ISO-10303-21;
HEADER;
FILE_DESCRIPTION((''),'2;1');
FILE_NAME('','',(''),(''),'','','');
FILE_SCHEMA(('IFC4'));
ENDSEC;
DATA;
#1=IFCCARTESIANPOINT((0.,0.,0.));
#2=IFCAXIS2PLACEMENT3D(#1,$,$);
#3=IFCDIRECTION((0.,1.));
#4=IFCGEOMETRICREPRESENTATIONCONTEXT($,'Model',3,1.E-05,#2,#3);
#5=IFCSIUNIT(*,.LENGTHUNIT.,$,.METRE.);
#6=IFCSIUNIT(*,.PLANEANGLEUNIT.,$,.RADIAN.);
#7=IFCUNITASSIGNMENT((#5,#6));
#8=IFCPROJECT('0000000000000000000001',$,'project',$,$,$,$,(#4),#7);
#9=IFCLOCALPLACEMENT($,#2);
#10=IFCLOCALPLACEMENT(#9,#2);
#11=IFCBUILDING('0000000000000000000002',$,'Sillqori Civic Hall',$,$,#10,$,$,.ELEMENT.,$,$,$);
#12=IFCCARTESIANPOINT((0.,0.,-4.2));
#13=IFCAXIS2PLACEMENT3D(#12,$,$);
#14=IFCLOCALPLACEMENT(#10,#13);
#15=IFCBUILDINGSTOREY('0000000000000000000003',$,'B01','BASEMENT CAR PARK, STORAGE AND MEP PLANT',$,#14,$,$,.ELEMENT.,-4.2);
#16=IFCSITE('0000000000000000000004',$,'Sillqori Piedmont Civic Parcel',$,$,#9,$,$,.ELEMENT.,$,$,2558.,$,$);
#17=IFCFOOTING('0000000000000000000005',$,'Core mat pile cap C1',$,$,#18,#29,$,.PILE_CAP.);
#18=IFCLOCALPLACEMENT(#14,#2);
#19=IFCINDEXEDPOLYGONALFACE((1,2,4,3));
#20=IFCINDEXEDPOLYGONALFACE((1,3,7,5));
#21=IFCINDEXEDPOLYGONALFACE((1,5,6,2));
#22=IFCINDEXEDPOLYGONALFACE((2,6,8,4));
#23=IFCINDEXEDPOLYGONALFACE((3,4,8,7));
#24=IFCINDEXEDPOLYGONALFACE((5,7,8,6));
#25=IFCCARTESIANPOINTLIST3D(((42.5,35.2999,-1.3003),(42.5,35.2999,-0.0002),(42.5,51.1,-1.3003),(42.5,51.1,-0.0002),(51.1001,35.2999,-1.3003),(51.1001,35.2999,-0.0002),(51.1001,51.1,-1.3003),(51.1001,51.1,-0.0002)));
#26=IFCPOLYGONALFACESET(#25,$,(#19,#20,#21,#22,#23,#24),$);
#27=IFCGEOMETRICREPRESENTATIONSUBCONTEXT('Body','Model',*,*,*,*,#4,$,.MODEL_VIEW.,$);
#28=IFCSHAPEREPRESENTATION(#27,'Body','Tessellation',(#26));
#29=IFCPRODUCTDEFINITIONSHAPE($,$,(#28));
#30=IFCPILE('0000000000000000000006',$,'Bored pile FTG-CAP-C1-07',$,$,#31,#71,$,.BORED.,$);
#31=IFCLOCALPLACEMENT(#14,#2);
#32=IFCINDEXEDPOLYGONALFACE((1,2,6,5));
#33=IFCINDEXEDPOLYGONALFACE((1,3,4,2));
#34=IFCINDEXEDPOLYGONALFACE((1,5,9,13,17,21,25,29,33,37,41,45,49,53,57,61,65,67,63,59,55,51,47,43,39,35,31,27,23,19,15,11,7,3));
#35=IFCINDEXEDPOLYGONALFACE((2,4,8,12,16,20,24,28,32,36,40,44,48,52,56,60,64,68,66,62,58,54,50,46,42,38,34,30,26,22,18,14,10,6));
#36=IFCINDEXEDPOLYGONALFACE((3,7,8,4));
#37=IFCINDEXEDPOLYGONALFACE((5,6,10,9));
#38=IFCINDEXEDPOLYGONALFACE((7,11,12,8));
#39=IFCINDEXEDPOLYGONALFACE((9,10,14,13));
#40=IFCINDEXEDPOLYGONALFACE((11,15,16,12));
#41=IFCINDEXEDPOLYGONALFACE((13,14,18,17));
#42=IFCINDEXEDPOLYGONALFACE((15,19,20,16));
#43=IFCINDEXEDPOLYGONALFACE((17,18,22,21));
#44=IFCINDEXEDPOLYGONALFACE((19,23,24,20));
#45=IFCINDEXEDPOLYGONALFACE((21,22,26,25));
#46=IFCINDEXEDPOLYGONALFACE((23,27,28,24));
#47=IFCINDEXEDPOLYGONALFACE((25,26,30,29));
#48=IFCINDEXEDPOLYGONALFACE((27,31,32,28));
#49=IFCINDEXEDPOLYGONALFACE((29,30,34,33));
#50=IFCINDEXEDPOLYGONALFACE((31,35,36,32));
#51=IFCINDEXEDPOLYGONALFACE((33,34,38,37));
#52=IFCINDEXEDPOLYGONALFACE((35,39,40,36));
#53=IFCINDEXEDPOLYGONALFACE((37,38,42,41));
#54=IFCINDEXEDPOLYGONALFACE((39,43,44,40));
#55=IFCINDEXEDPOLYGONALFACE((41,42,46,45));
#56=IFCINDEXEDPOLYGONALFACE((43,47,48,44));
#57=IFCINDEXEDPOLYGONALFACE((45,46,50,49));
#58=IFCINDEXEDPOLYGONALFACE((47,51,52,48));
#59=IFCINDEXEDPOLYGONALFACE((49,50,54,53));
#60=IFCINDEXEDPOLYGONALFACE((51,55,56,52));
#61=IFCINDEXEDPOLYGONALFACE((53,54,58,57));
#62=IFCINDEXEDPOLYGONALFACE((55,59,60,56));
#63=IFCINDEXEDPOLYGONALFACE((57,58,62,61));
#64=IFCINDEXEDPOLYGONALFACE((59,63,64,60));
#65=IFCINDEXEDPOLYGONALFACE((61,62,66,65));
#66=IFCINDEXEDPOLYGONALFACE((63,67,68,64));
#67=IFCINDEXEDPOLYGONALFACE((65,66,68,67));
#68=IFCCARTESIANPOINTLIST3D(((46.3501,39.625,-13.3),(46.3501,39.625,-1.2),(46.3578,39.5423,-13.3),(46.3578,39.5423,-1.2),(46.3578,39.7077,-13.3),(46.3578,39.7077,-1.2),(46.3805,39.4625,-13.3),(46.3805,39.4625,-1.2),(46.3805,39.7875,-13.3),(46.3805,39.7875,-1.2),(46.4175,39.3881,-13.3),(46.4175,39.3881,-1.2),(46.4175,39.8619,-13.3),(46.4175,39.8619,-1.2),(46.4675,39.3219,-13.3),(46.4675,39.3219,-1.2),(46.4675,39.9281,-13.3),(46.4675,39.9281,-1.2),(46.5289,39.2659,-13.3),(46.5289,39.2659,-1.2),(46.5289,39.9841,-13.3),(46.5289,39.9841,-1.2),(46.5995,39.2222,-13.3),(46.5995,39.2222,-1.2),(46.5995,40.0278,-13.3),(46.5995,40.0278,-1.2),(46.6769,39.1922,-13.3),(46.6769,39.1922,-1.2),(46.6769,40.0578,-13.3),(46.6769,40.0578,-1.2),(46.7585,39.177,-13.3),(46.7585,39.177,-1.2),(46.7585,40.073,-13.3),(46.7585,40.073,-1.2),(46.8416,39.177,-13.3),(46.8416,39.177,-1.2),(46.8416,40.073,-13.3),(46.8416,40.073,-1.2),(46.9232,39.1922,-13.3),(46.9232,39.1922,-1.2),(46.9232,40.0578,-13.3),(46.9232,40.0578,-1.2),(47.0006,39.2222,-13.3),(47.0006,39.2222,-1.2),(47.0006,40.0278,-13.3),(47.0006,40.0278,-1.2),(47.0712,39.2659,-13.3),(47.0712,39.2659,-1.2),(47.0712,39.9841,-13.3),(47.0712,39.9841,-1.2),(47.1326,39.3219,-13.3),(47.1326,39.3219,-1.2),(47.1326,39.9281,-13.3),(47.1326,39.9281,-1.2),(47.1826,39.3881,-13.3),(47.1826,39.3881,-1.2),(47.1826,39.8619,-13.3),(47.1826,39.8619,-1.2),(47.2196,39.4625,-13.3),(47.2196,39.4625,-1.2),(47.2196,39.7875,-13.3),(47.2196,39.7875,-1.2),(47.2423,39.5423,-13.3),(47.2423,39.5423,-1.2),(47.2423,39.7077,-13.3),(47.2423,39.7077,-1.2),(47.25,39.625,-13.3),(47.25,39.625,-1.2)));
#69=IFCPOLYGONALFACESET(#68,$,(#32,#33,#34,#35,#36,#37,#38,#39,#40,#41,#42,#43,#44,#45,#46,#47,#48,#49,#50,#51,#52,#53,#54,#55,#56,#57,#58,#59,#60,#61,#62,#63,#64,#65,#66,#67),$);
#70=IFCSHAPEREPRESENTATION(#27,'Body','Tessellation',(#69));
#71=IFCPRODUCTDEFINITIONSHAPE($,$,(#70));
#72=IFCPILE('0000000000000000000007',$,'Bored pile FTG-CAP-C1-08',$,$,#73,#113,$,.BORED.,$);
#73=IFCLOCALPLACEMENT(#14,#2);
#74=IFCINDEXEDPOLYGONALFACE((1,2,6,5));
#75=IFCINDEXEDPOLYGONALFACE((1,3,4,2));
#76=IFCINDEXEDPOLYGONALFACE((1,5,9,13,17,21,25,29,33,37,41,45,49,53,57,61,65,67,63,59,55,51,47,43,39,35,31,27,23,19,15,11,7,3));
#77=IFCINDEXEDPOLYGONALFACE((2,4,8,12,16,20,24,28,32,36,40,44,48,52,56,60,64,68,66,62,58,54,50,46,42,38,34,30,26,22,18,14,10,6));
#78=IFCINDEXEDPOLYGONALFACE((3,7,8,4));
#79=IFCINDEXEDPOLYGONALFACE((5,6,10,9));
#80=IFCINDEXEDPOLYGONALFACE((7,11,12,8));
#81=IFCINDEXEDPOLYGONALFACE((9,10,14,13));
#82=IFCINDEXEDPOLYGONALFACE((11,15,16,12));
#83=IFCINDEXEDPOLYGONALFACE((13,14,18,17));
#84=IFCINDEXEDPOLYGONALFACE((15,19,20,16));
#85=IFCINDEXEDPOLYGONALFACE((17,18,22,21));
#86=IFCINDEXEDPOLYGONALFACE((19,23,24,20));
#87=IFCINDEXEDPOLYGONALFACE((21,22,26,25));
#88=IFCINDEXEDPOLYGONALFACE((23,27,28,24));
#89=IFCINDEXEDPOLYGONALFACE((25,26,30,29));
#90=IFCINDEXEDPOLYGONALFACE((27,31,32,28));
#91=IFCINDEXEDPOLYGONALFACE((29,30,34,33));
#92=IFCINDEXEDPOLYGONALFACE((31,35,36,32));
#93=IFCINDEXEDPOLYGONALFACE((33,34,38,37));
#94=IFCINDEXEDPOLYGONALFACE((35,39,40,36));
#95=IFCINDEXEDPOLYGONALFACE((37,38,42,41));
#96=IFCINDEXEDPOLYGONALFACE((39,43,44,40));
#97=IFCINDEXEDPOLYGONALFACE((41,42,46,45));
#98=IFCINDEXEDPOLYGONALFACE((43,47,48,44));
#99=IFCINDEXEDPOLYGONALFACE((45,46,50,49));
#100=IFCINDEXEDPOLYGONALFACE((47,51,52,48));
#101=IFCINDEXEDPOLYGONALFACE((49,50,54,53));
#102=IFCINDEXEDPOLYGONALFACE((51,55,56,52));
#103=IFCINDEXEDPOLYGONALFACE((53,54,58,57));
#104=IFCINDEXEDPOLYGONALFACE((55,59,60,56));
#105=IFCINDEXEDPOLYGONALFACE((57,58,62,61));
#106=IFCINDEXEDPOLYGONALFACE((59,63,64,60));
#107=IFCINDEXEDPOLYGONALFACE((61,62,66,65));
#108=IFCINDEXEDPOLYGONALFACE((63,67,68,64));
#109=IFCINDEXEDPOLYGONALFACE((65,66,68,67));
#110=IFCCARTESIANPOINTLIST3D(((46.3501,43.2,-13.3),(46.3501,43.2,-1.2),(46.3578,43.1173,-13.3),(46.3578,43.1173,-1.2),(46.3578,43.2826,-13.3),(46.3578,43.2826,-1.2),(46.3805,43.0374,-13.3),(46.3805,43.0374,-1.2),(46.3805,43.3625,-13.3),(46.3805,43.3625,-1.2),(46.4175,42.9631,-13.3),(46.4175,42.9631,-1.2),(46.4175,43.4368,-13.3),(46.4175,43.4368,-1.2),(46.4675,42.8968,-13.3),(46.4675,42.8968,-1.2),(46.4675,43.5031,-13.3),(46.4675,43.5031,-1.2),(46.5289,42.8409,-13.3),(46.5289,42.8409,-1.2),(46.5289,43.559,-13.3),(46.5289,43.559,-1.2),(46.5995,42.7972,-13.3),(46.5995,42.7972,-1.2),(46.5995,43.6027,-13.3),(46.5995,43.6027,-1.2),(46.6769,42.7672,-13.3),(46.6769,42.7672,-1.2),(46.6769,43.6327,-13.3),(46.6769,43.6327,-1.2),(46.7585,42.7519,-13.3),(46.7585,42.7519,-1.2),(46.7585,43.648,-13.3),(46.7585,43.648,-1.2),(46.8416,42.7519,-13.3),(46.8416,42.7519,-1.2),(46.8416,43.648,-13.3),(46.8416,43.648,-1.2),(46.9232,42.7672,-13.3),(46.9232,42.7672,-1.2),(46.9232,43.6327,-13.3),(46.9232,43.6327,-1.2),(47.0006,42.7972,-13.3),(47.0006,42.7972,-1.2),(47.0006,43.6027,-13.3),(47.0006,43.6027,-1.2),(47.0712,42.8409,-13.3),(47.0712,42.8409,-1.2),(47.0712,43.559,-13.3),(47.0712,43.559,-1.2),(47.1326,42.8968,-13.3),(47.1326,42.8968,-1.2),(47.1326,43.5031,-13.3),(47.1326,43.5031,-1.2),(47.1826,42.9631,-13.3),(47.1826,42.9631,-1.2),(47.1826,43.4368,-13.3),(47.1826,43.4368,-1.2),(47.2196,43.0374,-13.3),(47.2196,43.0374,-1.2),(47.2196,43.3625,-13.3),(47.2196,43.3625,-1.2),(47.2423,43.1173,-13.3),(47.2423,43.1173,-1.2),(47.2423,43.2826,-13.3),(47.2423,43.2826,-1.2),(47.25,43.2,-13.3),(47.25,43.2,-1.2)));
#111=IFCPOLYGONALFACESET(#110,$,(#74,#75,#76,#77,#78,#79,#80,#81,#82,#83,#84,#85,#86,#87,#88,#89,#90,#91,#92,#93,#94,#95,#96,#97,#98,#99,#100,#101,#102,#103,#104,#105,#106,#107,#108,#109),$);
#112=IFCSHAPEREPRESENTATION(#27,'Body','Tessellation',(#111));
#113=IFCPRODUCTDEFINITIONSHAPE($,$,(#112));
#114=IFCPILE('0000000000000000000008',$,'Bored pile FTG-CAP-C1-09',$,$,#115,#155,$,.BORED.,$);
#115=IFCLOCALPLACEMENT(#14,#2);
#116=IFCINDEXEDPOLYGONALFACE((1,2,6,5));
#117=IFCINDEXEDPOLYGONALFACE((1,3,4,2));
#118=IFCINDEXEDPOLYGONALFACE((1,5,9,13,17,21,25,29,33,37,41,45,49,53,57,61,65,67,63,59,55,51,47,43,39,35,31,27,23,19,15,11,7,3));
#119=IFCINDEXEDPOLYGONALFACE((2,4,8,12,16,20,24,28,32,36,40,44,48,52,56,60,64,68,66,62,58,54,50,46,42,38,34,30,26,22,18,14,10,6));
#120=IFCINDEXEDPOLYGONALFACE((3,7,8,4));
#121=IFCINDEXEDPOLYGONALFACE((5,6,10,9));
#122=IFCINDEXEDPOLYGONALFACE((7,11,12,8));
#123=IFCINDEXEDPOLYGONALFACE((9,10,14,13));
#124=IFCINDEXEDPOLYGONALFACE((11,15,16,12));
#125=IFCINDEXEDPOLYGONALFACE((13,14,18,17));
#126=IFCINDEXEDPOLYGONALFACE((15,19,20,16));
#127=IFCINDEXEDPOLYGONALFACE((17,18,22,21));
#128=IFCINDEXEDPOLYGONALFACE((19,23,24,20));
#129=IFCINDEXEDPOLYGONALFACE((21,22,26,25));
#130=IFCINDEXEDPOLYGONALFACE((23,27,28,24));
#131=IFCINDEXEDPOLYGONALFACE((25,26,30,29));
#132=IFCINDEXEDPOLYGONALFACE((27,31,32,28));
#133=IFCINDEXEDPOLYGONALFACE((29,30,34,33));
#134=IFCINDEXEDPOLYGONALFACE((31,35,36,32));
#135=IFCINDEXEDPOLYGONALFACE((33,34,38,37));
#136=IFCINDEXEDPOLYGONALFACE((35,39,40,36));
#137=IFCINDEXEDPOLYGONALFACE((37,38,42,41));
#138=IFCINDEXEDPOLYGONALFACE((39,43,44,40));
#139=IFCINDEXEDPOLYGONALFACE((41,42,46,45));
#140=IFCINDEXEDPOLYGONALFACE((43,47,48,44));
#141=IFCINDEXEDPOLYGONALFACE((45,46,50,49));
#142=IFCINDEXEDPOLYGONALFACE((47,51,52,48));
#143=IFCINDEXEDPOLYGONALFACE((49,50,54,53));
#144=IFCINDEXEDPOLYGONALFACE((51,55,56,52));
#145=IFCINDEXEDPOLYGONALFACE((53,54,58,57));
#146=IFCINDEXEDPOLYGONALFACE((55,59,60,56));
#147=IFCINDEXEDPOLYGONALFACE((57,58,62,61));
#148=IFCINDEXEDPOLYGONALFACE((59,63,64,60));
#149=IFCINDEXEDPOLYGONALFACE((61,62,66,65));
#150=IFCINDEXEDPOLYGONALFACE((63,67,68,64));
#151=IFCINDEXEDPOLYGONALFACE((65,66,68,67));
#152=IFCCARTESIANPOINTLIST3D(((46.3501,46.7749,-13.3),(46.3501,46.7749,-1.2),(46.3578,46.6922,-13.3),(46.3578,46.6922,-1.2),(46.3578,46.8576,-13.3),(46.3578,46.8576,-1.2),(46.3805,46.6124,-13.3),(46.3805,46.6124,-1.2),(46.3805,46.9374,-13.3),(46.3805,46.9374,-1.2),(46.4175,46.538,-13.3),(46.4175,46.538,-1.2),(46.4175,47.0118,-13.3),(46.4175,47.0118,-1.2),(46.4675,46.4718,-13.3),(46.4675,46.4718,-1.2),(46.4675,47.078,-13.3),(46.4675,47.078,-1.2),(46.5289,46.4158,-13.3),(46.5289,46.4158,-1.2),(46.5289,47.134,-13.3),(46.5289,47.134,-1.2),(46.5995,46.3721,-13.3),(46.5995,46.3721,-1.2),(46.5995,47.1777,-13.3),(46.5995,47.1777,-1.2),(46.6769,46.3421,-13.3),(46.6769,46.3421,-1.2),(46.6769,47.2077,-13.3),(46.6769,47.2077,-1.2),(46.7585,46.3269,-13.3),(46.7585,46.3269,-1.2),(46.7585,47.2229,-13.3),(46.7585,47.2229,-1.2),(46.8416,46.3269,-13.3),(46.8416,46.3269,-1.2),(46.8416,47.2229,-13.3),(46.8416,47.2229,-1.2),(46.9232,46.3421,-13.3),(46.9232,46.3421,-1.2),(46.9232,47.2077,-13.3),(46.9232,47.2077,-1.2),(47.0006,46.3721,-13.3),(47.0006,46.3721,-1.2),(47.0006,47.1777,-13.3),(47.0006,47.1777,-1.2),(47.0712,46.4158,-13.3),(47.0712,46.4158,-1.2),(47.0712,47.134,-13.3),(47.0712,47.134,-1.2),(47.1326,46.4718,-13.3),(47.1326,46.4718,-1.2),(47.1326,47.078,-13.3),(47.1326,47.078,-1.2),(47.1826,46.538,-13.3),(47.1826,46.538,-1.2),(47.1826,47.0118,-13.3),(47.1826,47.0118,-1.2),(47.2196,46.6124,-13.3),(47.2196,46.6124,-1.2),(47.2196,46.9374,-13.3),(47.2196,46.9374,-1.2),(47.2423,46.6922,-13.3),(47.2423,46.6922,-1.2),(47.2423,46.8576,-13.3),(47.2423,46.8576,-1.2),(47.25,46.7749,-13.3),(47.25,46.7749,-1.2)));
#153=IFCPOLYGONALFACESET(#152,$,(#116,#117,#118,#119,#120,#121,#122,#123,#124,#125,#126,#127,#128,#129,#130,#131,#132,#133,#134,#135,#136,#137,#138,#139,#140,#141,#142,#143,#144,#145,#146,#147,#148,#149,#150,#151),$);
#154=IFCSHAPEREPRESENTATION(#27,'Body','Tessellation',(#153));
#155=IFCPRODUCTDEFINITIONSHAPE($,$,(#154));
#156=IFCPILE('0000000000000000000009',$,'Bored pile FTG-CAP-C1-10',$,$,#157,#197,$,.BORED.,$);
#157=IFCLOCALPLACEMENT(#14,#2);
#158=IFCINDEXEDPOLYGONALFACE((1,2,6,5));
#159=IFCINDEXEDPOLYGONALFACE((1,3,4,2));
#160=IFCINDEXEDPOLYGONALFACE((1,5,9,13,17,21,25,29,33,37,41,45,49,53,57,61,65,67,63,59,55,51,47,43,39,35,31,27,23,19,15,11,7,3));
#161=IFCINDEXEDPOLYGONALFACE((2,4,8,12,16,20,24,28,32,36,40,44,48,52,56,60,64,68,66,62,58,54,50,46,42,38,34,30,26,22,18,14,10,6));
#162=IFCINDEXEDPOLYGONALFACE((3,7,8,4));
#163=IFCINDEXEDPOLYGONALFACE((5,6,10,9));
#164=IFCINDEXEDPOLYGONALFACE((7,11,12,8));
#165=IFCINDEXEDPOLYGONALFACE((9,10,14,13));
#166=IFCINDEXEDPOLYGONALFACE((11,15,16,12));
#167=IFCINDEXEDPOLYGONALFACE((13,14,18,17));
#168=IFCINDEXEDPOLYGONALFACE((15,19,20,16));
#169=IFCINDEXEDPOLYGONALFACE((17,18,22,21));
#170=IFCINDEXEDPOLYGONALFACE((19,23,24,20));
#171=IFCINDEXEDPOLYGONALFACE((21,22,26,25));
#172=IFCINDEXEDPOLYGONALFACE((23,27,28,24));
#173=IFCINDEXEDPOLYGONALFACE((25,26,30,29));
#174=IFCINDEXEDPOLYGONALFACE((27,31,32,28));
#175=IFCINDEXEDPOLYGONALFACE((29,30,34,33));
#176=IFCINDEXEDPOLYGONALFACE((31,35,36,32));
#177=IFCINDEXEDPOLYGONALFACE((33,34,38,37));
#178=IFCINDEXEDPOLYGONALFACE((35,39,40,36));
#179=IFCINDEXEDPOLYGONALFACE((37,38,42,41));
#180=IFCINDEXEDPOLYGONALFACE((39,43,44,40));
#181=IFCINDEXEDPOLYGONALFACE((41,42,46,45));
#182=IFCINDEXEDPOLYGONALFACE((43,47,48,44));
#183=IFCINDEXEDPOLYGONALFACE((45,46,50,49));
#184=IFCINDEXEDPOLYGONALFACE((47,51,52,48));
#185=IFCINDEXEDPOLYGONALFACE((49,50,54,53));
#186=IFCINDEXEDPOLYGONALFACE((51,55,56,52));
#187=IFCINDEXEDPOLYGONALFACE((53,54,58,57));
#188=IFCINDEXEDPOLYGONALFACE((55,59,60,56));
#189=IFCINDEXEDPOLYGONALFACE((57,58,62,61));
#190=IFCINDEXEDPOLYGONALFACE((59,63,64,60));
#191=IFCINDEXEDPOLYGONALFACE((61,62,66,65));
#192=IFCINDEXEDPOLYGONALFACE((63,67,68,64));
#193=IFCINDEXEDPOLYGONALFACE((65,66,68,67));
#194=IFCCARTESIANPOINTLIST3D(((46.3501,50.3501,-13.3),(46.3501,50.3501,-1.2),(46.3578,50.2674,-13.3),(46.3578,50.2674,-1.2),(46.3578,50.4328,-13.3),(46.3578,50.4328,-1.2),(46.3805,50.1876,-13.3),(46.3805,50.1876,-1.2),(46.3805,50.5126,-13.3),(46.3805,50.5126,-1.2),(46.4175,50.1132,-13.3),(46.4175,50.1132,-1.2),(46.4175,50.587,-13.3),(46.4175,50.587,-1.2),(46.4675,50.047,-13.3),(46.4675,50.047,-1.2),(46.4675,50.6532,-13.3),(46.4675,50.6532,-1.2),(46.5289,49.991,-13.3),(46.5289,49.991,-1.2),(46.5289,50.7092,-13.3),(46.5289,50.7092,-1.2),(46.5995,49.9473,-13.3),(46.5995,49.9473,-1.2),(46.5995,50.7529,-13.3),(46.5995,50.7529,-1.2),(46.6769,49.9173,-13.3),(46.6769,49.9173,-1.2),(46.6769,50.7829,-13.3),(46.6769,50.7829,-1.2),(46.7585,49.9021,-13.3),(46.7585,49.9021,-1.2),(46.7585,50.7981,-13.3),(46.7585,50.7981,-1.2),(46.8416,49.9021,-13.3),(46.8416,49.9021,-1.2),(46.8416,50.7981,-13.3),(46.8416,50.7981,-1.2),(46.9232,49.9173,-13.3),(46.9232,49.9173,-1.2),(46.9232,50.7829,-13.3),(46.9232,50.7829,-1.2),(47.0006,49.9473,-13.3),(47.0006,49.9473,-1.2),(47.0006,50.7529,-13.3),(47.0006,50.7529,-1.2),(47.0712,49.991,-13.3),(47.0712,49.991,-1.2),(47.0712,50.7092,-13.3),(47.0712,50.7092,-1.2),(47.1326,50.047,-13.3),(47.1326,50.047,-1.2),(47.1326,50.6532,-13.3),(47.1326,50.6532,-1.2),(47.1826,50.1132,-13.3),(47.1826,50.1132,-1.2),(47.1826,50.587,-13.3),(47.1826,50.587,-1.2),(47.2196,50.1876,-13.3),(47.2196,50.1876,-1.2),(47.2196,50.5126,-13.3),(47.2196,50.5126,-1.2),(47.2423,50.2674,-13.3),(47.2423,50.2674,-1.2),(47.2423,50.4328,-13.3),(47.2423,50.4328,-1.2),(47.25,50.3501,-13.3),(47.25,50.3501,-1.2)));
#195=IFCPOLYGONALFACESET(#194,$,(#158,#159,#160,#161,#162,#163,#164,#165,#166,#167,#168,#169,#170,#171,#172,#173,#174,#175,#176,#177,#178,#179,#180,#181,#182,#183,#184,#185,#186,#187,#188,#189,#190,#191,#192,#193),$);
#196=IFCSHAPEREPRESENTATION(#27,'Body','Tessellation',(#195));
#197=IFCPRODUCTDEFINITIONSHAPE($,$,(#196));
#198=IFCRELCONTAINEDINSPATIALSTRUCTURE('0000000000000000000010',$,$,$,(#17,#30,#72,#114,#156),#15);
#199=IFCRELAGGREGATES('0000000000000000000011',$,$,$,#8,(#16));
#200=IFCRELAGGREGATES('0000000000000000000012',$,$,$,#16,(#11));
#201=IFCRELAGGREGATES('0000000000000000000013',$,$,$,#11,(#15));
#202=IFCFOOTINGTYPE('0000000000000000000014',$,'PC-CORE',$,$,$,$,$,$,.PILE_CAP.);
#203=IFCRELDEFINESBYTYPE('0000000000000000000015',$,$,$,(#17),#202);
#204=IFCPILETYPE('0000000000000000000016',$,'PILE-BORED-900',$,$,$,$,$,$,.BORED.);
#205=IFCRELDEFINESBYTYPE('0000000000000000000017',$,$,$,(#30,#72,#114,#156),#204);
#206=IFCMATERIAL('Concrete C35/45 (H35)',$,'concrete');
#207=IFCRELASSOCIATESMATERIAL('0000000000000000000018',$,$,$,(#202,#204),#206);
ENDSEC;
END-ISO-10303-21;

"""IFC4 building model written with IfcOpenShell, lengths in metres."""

from ifc_helpers import new_model, si_unit, direction, frame, origin, origin_2d, place, context, subcontext, project, spatial, rectangle, circle, extrude, material, material_profile, profile_set, type_object, element, save


model = new_model("IFC4")

# Units and contexts
model_context = context("Model", 3, precision=1e-05, world=origin(), true_north=direction((0.0, 1.0)))
body_context = subcontext(model_context, "Body", "Model", "MODEL_VIEW")
ifc_project = project(units=[si_unit("LENGTHUNIT", "METRE"), si_unit("PLANEANGLEUNIT", "RADIAN")], contexts=[model_context])

# Site, building, storey
site_placement = place(None, origin())
site = spatial("IfcSite", under=ifc_project, at=site_placement, Name="Sillqori Piedmont Civic Parcel", CompositionType="ELEMENT", RefElevation=2558.0)
building_placement = place(site_placement, origin())
building = spatial("IfcBuilding", under=site, at=building_placement, Name="Sillqori Civic Hall", CompositionType="ELEMENT")
storey_placement = place(building_placement, frame((0.0, 0.0, -4.2)))
storey = spatial("IfcBuildingStorey", under=building, at=storey_placement, Name="B01", Description="BASEMENT CAR PARK, STORAGE AND MEP PLANT", CompositionType="ELEMENT", Elevation=-4.2)

# Footing
ifc_material_1 = material(Name="Concrete C35/45 (H35)", Category="concrete")
footing_type = type_object("IfcFootingType", Name="PC-CORE", PredefinedType="PILE_CAP", material=ifc_material_1)
footing_placement = place(storey_placement, frame((46.8, 43.2, -1.3003), z_axis=(0.0, 0.0, 1.0), x_axis=(1.0, 0.0, 0.0)))
element("IfcFooting", 1, at=footing_placement, inside=storey, type_object=footing_type, Name="Core mat pile cap C1", PredefinedType="PILE_CAP", context=body_context, shape_type="SweptSolid", body=[
    extrude(rectangle(XDim=8.6001, YDim=15.8, at=origin_2d()), origin(), (0.0, 0.0, 1.0), 1.3),
])

# Piles
ifc_material_profile_1 = material_profile(ifc_material_1, circle(Radius=0.45, at=origin_2d()), Name="BORED PILE 900")
ifc_profile_set_1 = profile_set([ifc_material_profile_1], Name="Concrete C35/45 (H35)")
pile_type = type_object("IfcPileType", Name="PILE-BORED-900", PredefinedType="BORED", material=ifc_profile_set_1)
for number, where, z_axis, x_axis, name in (
    (2, (46.8, 39.625, -1.2), (0.0, 0.0, -1.0), (1.0, 0.0, 0.0), "Bored pile FTG-CAP-C1-07"),
    (3, (46.8, 43.2, -1.2), (0.0, 0.0, -1.0), (1.0, 0.0, 0.0), "Bored pile FTG-CAP-C1-08"),
    (4, (46.8, 46.7749, -1.2), (0.0, 0.0, -1.0), (1.0, 0.0, 0.0), "Bored pile FTG-CAP-C1-09"),
    (5, (46.8, 50.3501, -1.2), (0.0, 0.0, -1.0), (1.0, 0.0, 0.0), "Bored pile FTG-CAP-C1-10"),
):
    element("IfcPile", number, at=place(storey_placement, frame(where, z_axis=z_axis, x_axis=x_axis)), inside=storey, type_object=pile_type, Name=name, PredefinedType="BORED", context=body_context, shape_type="SweptSolid", body=[
        extrude(circle(Radius=0.45, at=origin_2d()), origin(), (0.0, 0.0, 1.0), 12.1001),
    ])

save(model, "model.ifc")
